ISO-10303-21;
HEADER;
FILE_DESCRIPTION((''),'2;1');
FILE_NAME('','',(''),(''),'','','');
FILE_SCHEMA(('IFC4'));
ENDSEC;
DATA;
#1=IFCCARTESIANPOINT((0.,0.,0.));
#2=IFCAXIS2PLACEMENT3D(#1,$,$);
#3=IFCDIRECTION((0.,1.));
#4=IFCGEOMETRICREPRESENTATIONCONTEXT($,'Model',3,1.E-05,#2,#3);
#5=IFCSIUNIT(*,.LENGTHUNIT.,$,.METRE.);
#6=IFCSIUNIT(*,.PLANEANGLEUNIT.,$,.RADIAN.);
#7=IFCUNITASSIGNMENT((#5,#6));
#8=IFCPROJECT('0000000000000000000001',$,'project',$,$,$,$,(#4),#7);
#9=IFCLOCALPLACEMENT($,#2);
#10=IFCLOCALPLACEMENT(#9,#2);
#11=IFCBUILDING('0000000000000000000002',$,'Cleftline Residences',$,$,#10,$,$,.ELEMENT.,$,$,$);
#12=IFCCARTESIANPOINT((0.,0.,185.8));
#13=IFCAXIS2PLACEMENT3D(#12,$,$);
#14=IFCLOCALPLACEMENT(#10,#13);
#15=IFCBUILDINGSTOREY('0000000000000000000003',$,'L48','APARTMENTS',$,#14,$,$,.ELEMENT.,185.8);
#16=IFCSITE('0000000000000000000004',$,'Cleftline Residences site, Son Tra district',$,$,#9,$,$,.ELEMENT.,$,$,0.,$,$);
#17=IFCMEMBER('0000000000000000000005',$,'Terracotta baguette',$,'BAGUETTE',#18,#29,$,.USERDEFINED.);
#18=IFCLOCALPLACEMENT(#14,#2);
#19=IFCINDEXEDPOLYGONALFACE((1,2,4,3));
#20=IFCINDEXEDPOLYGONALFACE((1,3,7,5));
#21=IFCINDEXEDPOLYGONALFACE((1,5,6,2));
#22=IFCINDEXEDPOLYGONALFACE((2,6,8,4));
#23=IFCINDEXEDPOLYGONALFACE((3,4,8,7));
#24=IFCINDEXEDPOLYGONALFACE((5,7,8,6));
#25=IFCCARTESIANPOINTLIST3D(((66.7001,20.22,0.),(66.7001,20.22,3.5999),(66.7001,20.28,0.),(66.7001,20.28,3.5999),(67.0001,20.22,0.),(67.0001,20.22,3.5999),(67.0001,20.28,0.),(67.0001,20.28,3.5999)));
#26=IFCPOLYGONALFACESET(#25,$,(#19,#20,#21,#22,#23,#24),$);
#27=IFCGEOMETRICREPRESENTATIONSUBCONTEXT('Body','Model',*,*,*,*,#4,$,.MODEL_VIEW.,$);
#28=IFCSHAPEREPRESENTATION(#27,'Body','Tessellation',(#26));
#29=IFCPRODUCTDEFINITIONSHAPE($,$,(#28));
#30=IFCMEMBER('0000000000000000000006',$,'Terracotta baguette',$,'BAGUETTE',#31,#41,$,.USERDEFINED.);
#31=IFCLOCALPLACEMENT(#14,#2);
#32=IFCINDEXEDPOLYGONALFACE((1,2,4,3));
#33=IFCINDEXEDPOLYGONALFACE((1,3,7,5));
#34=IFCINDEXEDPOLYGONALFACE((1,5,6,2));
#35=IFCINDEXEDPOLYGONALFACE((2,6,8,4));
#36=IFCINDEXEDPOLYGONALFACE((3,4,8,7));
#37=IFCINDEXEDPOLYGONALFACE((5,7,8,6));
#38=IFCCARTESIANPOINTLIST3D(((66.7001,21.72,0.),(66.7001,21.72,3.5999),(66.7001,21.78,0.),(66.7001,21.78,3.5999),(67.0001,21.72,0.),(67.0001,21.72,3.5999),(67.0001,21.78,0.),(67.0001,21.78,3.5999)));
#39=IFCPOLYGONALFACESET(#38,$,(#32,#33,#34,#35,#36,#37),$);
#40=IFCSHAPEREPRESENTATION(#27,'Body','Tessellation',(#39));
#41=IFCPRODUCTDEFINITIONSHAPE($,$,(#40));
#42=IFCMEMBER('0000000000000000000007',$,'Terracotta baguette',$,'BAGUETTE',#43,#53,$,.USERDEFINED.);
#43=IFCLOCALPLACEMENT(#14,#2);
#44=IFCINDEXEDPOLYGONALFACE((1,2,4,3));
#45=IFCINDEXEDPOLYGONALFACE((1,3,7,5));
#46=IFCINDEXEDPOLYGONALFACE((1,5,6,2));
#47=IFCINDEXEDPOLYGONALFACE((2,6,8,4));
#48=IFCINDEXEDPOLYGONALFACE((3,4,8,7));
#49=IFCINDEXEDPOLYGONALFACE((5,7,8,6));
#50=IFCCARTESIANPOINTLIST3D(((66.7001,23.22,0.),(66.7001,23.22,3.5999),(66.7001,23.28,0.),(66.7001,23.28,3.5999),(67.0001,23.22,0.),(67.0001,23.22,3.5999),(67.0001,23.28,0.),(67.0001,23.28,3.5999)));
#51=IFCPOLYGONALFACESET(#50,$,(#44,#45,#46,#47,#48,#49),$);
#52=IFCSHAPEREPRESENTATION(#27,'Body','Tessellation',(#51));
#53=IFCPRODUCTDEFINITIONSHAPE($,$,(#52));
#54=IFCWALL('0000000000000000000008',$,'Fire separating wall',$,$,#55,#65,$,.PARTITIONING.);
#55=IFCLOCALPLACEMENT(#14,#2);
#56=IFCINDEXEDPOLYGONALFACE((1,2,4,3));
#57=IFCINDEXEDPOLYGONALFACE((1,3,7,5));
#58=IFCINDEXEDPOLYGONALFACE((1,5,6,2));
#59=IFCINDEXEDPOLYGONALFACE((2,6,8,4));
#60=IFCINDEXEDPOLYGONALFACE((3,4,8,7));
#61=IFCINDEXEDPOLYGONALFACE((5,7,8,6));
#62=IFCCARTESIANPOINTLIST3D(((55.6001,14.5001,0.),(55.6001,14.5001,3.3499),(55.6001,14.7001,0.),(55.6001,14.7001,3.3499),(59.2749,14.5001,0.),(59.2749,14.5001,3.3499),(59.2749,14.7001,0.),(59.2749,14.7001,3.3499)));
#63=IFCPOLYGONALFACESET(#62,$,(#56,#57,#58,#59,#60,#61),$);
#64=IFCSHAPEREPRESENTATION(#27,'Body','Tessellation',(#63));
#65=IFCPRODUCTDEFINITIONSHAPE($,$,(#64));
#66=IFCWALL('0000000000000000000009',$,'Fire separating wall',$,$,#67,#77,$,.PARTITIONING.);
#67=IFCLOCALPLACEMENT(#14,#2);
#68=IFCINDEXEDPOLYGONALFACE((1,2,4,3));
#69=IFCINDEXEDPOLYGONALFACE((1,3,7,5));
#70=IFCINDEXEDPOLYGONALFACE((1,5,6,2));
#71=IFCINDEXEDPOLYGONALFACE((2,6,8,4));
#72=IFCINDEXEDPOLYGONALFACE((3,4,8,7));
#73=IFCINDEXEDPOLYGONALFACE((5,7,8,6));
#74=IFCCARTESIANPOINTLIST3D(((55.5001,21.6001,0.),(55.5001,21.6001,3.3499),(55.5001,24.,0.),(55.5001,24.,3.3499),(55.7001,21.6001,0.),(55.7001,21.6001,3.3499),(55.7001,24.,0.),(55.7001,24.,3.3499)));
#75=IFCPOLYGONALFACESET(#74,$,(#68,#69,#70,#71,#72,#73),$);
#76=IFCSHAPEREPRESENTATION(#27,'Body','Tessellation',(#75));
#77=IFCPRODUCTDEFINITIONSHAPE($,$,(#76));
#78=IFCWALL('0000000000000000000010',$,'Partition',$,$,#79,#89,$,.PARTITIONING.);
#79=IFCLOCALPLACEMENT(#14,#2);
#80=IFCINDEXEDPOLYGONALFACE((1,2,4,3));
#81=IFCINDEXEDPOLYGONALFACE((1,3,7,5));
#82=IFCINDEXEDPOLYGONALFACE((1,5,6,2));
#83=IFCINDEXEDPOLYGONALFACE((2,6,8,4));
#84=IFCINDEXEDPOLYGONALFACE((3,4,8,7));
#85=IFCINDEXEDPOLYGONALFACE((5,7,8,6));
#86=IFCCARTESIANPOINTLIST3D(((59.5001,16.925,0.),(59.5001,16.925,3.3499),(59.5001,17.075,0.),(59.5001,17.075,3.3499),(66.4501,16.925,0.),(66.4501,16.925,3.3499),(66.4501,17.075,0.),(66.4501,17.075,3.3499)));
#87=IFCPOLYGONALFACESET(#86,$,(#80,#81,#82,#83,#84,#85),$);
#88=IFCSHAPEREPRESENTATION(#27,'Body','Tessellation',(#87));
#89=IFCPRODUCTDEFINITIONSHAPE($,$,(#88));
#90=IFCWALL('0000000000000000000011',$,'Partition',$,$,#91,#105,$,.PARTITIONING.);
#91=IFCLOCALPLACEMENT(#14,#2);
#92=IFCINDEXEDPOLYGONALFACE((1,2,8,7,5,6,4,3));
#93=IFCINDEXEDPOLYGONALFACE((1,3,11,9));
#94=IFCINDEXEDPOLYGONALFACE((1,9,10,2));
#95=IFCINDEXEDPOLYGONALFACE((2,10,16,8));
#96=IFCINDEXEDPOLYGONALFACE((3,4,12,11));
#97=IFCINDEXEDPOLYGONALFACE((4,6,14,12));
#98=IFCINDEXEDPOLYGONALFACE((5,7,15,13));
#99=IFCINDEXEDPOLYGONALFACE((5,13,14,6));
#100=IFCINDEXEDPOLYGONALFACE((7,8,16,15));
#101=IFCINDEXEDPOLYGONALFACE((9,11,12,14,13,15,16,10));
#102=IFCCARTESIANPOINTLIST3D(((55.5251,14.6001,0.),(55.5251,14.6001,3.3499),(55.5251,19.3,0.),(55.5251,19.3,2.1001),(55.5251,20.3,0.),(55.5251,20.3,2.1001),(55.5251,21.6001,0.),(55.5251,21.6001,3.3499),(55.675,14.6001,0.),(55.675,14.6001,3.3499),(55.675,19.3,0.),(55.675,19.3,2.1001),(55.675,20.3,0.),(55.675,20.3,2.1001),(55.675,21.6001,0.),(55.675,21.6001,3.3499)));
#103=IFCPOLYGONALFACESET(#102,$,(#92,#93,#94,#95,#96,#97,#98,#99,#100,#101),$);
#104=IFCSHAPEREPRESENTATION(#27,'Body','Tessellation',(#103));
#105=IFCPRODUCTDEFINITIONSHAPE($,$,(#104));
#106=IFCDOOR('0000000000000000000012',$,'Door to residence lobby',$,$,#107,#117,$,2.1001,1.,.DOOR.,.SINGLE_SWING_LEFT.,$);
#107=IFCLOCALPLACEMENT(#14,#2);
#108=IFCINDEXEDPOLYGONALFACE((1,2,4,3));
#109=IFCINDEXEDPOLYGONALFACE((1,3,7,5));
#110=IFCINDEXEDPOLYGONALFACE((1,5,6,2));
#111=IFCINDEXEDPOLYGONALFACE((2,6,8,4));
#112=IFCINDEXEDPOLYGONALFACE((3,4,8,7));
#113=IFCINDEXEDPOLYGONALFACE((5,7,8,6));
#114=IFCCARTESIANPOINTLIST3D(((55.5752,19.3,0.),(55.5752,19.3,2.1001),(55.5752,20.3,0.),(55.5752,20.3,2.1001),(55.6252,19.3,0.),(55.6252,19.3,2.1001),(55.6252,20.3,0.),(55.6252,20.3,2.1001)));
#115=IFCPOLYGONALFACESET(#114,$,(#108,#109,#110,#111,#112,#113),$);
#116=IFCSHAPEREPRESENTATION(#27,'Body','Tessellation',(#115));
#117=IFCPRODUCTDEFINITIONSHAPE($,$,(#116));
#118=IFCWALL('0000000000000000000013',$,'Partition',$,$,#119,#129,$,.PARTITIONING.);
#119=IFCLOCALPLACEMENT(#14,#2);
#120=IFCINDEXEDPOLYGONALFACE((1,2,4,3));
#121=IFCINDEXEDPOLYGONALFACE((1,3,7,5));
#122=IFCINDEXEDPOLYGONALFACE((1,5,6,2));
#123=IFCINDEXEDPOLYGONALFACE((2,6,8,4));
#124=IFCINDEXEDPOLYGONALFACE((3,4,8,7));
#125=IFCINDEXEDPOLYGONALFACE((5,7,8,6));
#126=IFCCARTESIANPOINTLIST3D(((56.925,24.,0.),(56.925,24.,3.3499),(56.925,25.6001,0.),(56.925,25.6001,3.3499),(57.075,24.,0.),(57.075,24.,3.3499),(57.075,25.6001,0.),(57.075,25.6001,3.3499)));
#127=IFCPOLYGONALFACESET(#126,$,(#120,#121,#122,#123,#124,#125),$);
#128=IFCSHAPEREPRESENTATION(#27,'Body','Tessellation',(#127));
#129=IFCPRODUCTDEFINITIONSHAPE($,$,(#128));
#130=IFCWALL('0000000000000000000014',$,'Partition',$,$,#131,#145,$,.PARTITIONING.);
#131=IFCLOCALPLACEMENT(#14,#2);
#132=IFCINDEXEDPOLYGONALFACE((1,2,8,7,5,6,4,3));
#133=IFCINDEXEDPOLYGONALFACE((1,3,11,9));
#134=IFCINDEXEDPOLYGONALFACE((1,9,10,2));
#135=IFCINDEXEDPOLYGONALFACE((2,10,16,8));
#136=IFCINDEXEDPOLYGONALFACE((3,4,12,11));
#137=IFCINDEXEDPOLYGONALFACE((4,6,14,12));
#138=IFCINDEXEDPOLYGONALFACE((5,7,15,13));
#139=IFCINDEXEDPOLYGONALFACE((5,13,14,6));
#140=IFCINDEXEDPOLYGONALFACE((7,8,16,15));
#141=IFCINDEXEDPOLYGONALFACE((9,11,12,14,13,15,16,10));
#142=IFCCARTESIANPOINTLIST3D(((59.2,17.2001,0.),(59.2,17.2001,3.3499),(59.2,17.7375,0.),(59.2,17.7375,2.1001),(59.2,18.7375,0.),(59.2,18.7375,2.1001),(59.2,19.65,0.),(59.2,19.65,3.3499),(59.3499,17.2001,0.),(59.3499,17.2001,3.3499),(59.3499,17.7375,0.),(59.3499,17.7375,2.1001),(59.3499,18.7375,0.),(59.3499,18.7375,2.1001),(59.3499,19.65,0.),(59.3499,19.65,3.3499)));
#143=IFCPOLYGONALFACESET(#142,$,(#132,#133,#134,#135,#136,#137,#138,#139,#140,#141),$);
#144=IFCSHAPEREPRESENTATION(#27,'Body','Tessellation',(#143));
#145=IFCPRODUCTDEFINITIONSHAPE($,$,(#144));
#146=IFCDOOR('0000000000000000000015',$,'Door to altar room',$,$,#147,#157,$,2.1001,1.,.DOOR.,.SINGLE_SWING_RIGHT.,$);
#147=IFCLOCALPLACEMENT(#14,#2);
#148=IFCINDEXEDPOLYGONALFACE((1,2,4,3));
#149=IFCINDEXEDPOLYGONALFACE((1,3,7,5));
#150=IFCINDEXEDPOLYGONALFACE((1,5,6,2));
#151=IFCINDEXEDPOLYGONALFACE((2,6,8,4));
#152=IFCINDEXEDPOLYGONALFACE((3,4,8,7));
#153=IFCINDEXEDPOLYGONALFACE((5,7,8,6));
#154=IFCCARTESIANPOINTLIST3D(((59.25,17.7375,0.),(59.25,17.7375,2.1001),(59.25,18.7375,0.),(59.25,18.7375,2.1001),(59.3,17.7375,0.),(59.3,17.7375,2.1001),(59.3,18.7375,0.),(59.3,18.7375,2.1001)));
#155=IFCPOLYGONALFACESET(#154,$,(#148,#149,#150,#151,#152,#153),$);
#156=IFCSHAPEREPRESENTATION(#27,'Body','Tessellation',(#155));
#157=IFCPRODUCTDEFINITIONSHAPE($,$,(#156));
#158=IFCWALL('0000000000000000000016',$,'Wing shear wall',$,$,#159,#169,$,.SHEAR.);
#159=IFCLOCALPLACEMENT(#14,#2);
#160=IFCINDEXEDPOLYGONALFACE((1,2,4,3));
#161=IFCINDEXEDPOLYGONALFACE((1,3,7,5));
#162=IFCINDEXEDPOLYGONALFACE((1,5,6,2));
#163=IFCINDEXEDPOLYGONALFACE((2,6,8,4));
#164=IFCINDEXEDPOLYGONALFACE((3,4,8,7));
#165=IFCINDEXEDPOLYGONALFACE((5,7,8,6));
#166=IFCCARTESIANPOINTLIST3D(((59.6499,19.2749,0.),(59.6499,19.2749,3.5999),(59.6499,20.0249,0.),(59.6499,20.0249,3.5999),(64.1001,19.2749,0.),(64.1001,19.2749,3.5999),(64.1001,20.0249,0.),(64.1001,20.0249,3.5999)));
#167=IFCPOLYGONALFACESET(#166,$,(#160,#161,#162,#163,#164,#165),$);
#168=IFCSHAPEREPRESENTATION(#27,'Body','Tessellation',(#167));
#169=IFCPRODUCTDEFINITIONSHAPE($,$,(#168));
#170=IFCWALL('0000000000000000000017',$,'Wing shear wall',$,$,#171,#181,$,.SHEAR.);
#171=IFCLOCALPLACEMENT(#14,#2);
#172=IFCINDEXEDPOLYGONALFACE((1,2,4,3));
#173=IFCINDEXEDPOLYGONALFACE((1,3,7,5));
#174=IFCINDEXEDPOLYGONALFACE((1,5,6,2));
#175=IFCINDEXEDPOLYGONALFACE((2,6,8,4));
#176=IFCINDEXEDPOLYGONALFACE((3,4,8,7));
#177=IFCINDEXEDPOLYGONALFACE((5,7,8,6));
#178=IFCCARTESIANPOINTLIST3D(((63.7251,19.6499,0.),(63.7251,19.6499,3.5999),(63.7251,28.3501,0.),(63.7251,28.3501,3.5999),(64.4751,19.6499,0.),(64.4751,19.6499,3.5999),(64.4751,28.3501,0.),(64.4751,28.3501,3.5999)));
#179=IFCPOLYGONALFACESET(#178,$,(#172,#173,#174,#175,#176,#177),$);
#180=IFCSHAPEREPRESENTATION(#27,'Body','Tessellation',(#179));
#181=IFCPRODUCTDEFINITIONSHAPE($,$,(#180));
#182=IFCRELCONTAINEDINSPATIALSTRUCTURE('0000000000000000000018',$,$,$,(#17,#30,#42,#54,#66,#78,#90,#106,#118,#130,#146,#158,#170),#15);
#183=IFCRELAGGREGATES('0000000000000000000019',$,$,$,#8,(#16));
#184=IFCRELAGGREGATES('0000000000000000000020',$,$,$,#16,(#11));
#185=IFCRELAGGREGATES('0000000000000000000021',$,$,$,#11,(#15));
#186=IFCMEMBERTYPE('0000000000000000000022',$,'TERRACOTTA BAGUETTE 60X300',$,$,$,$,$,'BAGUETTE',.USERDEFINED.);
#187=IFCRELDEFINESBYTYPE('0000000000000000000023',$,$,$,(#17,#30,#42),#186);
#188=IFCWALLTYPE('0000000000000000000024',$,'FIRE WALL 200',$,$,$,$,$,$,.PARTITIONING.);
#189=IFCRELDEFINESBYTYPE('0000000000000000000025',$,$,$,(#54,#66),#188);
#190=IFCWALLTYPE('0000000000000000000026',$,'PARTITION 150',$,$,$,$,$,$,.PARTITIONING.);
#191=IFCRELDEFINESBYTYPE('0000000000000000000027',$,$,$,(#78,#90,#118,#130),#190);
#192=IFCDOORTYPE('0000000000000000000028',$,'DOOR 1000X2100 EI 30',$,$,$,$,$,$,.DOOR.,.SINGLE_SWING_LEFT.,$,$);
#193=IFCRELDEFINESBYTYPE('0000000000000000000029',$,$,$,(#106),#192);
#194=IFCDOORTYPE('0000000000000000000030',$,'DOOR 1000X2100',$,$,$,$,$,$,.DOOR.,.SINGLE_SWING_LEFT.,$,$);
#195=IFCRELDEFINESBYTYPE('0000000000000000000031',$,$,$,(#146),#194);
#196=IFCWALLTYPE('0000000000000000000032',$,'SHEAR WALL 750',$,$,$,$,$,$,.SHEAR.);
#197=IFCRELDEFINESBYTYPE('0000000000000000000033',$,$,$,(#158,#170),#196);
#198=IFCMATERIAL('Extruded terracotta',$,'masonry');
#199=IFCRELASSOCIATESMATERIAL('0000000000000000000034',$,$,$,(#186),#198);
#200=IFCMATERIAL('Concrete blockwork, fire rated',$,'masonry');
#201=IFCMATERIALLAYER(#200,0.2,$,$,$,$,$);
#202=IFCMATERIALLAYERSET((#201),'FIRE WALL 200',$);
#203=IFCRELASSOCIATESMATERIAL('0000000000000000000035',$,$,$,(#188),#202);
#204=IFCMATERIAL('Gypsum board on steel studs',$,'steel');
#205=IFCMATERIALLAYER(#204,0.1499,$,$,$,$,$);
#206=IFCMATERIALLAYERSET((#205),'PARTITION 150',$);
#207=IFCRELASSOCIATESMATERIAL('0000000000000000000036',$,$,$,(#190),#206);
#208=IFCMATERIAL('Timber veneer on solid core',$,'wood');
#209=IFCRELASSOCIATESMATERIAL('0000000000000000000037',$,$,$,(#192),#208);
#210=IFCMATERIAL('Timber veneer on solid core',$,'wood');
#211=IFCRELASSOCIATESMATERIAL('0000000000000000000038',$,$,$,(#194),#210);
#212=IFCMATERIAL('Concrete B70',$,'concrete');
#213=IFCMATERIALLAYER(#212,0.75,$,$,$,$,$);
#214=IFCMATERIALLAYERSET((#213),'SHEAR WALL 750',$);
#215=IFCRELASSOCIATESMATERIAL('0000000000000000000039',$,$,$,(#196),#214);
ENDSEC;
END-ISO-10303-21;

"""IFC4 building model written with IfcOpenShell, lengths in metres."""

from ifc_helpers import new_model, si_unit, direction, frame, frame_2d, origin, origin_2d, place, context, subcontext, project, spatial, rectangle, extrude, material, layer, layer_set, material_profile, profile_set, type_object, element, fill, save


model = new_model("IFC4")

# Units and contexts
model_context = context("Model", 3, precision=1e-05, world=origin(), true_north=direction((0.0, 1.0)))
body_context = subcontext(model_context, "Body", "Model", "MODEL_VIEW")
ifc_project = project(units=[si_unit("LENGTHUNIT", "METRE"), si_unit("PLANEANGLEUNIT", "RADIAN")], contexts=[model_context])

# Site, building, storey
site_placement = place(None, origin())
site = spatial("IfcSite", under=ifc_project, at=site_placement, Name="Cleftline Residences site, Son Tra district", CompositionType="ELEMENT", RefElevation=0.0)
building_placement = place(site_placement, origin())
building = spatial("IfcBuilding", under=site, at=building_placement, Name="Cleftline Residences", CompositionType="ELEMENT")
storey_placement = place(building_placement, frame((0.0, 0.0, 185.8)))
storey = spatial("IfcBuildingStorey", under=building, at=storey_placement, Name="L48", Description="APARTMENTS", CompositionType="ELEMENT", Elevation=185.8)

# Members
ifc_material_1 = material(Name="Extruded terracotta", Category="masonry")
ifc_material_profile_1 = material_profile(ifc_material_1, rectangle(XDim=0.0601, YDim=0.3, at=origin_2d()))
ifc_profile_set_1 = profile_set([ifc_material_profile_1], Name="Extruded terracotta")
member_type_1 = type_object("IfcMemberType", Name="TERRACOTTA BAGUETTE 60X300", ElementType="BAGUETTE", PredefinedType="USERDEFINED", material=ifc_profile_set_1)
for number, where, z_axis, x_axis, name in (
    (1, (66.8501, 20.25, 0.0), (0.0, 0.0, 1.0), (0.0, 1.0, 0.0), "Terracotta baguette"),
    (2, (66.8501, 21.75, 0.0), (0.0, 0.0, 1.0), (0.0, 1.0, 0.0), "Terracotta baguette"),
    (3, (66.8501, 23.25, 0.0), (0.0, 0.0, 1.0), (0.0, 1.0, 0.0), "Terracotta baguette"),
):
    element("IfcMember", number, at=place(storey_placement, frame(where, z_axis=z_axis, x_axis=x_axis)), inside=storey, type_object=member_type_1, Name=name, ObjectType="BAGUETTE", PredefinedType="USERDEFINED", context=body_context, shape_type="SweptSolid", body=[
        extrude(rectangle(XDim=0.0601, YDim=0.3, at=origin_2d()), origin(), (0.0, 0.0, 1.0), 3.5999),
    ])

# Walls
ifc_material_2 = material(Name="Concrete blockwork, fire rated", Category="masonry")
ifc_layer_1 = layer(ifc_material_2, 0.2)
ifc_layer_set_1 = layer_set([ifc_layer_1], Name="FIRE WALL 200")
wall_type_1 = type_object("IfcWallType", Name="FIRE WALL 200", PredefinedType="PARTITIONING", material=ifc_layer_set_1)
wall_1_placement = place(storey_placement, frame((55.6001, 14.6001, 0.0), z_axis=(0.0, 0.0, 1.0), x_axis=(1.0, 0.0, 0.0)))
element("IfcWall", 4, at=wall_1_placement, inside=storey, type_object=wall_type_1, Name="Fire separating wall", PredefinedType="PARTITIONING", context=body_context, shape_type="SweptSolid", body=[
    extrude(rectangle(XDim=3.6748, YDim=0.2, at=frame_2d((1.8374, 0.0))), origin(), (0.0, 0.0, 1.0), 3.3499),
])
wall_2_placement = place(storey_placement, frame((55.6001, 21.6001, 0.0), z_axis=(0.0, 0.0, 1.0), x_axis=(0.0, 1.0, 0.0)))
element("IfcWall", 5, at=wall_2_placement, inside=storey, type_object=wall_type_1, Name="Fire separating wall", PredefinedType="PARTITIONING", context=body_context, shape_type="SweptSolid", body=[
    extrude(rectangle(XDim=2.3999, YDim=0.2, at=frame_2d((1.2, 0.0))), origin(), (0.0, 0.0, 1.0), 3.3499),
])
ifc_material_3 = material(Name="Gypsum board on steel studs", Category="steel")
ifc_layer_2 = layer(ifc_material_3, 0.1499)
ifc_layer_set_2 = layer_set([ifc_layer_2], Name="PARTITION 150")
wall_type_2 = type_object("IfcWallType", Name="PARTITION 150", PredefinedType="PARTITIONING", material=ifc_layer_set_2)
wall_3_placement = place(storey_placement, frame((59.5, 17.0, 0.0), z_axis=(0.0, 0.0, 1.0), x_axis=(1.0, 0.0, 0.0)))
element("IfcWall", 6, at=wall_3_placement, inside=storey, type_object=wall_type_2, Name="Partition", PredefinedType="PARTITIONING", context=body_context, shape_type="SweptSolid", body=[
    extrude(rectangle(XDim=6.95, YDim=0.1499, at=frame_2d((3.4751, 0.0))), origin(), (0.0, 0.0, 1.0), 3.3499),
])

# Wall, opening, door
wall_4_placement = place(storey_placement, frame((55.6001, 14.6001, 0.0), z_axis=(0.0, 0.0, 1.0), x_axis=(0.0, 1.0, 0.0)))
wall_4 = element("IfcWall", 7, at=wall_4_placement, inside=storey, type_object=wall_type_2, Name="Partition", PredefinedType="PARTITIONING", context=body_context, shape_type="SweptSolid", body=[
    extrude(rectangle(XDim=7.0, YDim=0.1499, at=frame_2d((3.5, 0.0))), origin(), (0.0, 0.0, 1.0), 3.3499),
])
opening_1_placement = place(wall_4_placement, frame((4.7, 0.0, 0.0)))
opening_1 = element("IfcOpeningElement", 8, at=opening_1_placement, cuts=wall_4, PredefinedType="OPENING", context=body_context, shape_type="SweptSolid", body=[
    extrude(rectangle(XDim=1.0, YDim=2.1001, at=frame_2d((0.5, 1.05))), frame((0.0, 0.085, 0.0), z_axis=(0.0, -1.0, 0.0), x_axis=(1.0, 0.0, 0.0)), (0.0, 0.0, 1.0), 0.1699),
])
ifc_material_4 = material(Name="Timber veneer on solid core", Category="wood")
door_type_1 = type_object("IfcDoorType", Name="DOOR 1000X2100 EI 30", OperationType="SINGLE_SWING_LEFT", PredefinedType="DOOR", material=ifc_material_4)
door_1_placement = place(opening_1_placement, origin())
door_1 = element("IfcDoor", 9, at=door_1_placement, inside=storey, type_object=door_type_1, Name="Door to residence lobby", OperationType="SINGLE_SWING_LEFT", OverallHeight=2.1001, OverallWidth=1.0, PredefinedType="DOOR", context=body_context, shape_type="SweptSolid", body=[
    extrude(rectangle(XDim=1.0, YDim=2.1001, at=frame_2d((0.5, 1.05))), frame((0.0, 0.0249, 0.0), z_axis=(0.0, -1.0, 0.0), x_axis=(1.0, 0.0, 0.0)), (0.0, 0.0, 1.0), 0.05),
])
fill(opening_1, door_1)

# Wall
wall_5_placement = place(storey_placement, frame((57.0, 24.0, 0.0), z_axis=(0.0, 0.0, 1.0), x_axis=(0.0, 1.0, 0.0)))
element("IfcWall", 10, at=wall_5_placement, inside=storey, type_object=wall_type_2, Name="Partition", PredefinedType="PARTITIONING", context=body_context, shape_type="SweptSolid", body=[
    extrude(rectangle(XDim=1.6001, YDim=0.1499, at=frame_2d((0.8, 0.0))), origin(), (0.0, 0.0, 1.0), 3.3499),
])

# Wall, opening, door
wall_6_placement = place(storey_placement, frame((59.2749, 17.2, 0.0), z_axis=(0.0, 0.0, 1.0), x_axis=(0.0, 1.0, 0.0)))
wall_6 = element("IfcWall", 11, at=wall_6_placement, inside=storey, type_object=wall_type_2, Name="Partition", PredefinedType="PARTITIONING", context=body_context, shape_type="SweptSolid", body=[
    extrude(rectangle(XDim=2.45, YDim=0.1499, at=frame_2d((1.2251, 0.0))), origin(), (0.0, 0.0, 1.0), 3.3499),
])
opening_2_placement = place(wall_6_placement, frame((0.5376, 0.0, 0.0)))
opening_2 = element("IfcOpeningElement", 12, at=opening_2_placement, cuts=wall_6, PredefinedType="OPENING", context=body_context, shape_type="SweptSolid", body=[
    extrude(rectangle(XDim=1.0, YDim=2.1001, at=frame_2d((0.5, 1.05))), frame((0.0, 0.085, 0.0), z_axis=(0.0, -1.0, 0.0), x_axis=(1.0, 0.0, 0.0)), (0.0, 0.0, 1.0), 0.1699),
])
ifc_material_5 = material(Name="Timber veneer on solid core", Category="wood")
door_type_2 = type_object("IfcDoorType", Name="DOOR 1000X2100", OperationType="SINGLE_SWING_LEFT", PredefinedType="DOOR", material=ifc_material_5)
door_2_placement = place(opening_2_placement, origin())
door_2 = element("IfcDoor", 13, at=door_2_placement, inside=storey, type_object=door_type_2, Name="Door to altar room", OperationType="SINGLE_SWING_RIGHT", OverallHeight=2.1001, OverallWidth=1.0, PredefinedType="DOOR", context=body_context, shape_type="SweptSolid", body=[
    extrude(rectangle(XDim=1.0, YDim=2.1001, at=frame_2d((0.5, 1.05))), frame((0.0, 0.0249, 0.0), z_axis=(0.0, -1.0, 0.0), x_axis=(1.0, 0.0, 0.0)), (0.0, 0.0, 1.0), 0.05),
])
fill(opening_2, door_2)

# Walls
ifc_material_6 = material(Name="Concrete B70", Category="concrete")
ifc_layer_3 = layer(ifc_material_6, 0.75)
ifc_layer_set_3 = layer_set([ifc_layer_3], Name="SHEAR WALL 750")
wall_type_3 = type_object("IfcWallType", Name="SHEAR WALL 750", PredefinedType="SHEAR", material=ifc_layer_set_3)
wall_7_placement = place(storey_placement, frame((59.6499, 19.6499, 0.0), z_axis=(0.0, 0.0, 1.0), x_axis=(1.0, 0.0, 0.0)))
element("IfcWall", 14, at=wall_7_placement, inside=storey, type_object=wall_type_3, Name="Wing shear wall", PredefinedType="SHEAR", context=body_context, shape_type="SweptSolid", body=[
    extrude(rectangle(XDim=4.4502, YDim=0.75, at=frame_2d((2.2251, 0.0))), origin(), (0.0, 0.0, 1.0), 3.5999),
])
wall_8_placement = place(storey_placement, frame((64.1001, 19.6499, 0.0), z_axis=(0.0, 0.0, 1.0), x_axis=(0.0, 1.0, 0.0)))
element("IfcWall", 15, at=wall_8_placement, inside=storey, type_object=wall_type_3, Name="Wing shear wall", PredefinedType="SHEAR", context=body_context, shape_type="SweptSolid", body=[
    extrude(rectangle(XDim=8.7002, YDim=0.75, at=frame_2d((4.3501, 0.0))), origin(), (0.0, 0.0, 1.0), 3.5999),
])

save(model, "model.ifc")
